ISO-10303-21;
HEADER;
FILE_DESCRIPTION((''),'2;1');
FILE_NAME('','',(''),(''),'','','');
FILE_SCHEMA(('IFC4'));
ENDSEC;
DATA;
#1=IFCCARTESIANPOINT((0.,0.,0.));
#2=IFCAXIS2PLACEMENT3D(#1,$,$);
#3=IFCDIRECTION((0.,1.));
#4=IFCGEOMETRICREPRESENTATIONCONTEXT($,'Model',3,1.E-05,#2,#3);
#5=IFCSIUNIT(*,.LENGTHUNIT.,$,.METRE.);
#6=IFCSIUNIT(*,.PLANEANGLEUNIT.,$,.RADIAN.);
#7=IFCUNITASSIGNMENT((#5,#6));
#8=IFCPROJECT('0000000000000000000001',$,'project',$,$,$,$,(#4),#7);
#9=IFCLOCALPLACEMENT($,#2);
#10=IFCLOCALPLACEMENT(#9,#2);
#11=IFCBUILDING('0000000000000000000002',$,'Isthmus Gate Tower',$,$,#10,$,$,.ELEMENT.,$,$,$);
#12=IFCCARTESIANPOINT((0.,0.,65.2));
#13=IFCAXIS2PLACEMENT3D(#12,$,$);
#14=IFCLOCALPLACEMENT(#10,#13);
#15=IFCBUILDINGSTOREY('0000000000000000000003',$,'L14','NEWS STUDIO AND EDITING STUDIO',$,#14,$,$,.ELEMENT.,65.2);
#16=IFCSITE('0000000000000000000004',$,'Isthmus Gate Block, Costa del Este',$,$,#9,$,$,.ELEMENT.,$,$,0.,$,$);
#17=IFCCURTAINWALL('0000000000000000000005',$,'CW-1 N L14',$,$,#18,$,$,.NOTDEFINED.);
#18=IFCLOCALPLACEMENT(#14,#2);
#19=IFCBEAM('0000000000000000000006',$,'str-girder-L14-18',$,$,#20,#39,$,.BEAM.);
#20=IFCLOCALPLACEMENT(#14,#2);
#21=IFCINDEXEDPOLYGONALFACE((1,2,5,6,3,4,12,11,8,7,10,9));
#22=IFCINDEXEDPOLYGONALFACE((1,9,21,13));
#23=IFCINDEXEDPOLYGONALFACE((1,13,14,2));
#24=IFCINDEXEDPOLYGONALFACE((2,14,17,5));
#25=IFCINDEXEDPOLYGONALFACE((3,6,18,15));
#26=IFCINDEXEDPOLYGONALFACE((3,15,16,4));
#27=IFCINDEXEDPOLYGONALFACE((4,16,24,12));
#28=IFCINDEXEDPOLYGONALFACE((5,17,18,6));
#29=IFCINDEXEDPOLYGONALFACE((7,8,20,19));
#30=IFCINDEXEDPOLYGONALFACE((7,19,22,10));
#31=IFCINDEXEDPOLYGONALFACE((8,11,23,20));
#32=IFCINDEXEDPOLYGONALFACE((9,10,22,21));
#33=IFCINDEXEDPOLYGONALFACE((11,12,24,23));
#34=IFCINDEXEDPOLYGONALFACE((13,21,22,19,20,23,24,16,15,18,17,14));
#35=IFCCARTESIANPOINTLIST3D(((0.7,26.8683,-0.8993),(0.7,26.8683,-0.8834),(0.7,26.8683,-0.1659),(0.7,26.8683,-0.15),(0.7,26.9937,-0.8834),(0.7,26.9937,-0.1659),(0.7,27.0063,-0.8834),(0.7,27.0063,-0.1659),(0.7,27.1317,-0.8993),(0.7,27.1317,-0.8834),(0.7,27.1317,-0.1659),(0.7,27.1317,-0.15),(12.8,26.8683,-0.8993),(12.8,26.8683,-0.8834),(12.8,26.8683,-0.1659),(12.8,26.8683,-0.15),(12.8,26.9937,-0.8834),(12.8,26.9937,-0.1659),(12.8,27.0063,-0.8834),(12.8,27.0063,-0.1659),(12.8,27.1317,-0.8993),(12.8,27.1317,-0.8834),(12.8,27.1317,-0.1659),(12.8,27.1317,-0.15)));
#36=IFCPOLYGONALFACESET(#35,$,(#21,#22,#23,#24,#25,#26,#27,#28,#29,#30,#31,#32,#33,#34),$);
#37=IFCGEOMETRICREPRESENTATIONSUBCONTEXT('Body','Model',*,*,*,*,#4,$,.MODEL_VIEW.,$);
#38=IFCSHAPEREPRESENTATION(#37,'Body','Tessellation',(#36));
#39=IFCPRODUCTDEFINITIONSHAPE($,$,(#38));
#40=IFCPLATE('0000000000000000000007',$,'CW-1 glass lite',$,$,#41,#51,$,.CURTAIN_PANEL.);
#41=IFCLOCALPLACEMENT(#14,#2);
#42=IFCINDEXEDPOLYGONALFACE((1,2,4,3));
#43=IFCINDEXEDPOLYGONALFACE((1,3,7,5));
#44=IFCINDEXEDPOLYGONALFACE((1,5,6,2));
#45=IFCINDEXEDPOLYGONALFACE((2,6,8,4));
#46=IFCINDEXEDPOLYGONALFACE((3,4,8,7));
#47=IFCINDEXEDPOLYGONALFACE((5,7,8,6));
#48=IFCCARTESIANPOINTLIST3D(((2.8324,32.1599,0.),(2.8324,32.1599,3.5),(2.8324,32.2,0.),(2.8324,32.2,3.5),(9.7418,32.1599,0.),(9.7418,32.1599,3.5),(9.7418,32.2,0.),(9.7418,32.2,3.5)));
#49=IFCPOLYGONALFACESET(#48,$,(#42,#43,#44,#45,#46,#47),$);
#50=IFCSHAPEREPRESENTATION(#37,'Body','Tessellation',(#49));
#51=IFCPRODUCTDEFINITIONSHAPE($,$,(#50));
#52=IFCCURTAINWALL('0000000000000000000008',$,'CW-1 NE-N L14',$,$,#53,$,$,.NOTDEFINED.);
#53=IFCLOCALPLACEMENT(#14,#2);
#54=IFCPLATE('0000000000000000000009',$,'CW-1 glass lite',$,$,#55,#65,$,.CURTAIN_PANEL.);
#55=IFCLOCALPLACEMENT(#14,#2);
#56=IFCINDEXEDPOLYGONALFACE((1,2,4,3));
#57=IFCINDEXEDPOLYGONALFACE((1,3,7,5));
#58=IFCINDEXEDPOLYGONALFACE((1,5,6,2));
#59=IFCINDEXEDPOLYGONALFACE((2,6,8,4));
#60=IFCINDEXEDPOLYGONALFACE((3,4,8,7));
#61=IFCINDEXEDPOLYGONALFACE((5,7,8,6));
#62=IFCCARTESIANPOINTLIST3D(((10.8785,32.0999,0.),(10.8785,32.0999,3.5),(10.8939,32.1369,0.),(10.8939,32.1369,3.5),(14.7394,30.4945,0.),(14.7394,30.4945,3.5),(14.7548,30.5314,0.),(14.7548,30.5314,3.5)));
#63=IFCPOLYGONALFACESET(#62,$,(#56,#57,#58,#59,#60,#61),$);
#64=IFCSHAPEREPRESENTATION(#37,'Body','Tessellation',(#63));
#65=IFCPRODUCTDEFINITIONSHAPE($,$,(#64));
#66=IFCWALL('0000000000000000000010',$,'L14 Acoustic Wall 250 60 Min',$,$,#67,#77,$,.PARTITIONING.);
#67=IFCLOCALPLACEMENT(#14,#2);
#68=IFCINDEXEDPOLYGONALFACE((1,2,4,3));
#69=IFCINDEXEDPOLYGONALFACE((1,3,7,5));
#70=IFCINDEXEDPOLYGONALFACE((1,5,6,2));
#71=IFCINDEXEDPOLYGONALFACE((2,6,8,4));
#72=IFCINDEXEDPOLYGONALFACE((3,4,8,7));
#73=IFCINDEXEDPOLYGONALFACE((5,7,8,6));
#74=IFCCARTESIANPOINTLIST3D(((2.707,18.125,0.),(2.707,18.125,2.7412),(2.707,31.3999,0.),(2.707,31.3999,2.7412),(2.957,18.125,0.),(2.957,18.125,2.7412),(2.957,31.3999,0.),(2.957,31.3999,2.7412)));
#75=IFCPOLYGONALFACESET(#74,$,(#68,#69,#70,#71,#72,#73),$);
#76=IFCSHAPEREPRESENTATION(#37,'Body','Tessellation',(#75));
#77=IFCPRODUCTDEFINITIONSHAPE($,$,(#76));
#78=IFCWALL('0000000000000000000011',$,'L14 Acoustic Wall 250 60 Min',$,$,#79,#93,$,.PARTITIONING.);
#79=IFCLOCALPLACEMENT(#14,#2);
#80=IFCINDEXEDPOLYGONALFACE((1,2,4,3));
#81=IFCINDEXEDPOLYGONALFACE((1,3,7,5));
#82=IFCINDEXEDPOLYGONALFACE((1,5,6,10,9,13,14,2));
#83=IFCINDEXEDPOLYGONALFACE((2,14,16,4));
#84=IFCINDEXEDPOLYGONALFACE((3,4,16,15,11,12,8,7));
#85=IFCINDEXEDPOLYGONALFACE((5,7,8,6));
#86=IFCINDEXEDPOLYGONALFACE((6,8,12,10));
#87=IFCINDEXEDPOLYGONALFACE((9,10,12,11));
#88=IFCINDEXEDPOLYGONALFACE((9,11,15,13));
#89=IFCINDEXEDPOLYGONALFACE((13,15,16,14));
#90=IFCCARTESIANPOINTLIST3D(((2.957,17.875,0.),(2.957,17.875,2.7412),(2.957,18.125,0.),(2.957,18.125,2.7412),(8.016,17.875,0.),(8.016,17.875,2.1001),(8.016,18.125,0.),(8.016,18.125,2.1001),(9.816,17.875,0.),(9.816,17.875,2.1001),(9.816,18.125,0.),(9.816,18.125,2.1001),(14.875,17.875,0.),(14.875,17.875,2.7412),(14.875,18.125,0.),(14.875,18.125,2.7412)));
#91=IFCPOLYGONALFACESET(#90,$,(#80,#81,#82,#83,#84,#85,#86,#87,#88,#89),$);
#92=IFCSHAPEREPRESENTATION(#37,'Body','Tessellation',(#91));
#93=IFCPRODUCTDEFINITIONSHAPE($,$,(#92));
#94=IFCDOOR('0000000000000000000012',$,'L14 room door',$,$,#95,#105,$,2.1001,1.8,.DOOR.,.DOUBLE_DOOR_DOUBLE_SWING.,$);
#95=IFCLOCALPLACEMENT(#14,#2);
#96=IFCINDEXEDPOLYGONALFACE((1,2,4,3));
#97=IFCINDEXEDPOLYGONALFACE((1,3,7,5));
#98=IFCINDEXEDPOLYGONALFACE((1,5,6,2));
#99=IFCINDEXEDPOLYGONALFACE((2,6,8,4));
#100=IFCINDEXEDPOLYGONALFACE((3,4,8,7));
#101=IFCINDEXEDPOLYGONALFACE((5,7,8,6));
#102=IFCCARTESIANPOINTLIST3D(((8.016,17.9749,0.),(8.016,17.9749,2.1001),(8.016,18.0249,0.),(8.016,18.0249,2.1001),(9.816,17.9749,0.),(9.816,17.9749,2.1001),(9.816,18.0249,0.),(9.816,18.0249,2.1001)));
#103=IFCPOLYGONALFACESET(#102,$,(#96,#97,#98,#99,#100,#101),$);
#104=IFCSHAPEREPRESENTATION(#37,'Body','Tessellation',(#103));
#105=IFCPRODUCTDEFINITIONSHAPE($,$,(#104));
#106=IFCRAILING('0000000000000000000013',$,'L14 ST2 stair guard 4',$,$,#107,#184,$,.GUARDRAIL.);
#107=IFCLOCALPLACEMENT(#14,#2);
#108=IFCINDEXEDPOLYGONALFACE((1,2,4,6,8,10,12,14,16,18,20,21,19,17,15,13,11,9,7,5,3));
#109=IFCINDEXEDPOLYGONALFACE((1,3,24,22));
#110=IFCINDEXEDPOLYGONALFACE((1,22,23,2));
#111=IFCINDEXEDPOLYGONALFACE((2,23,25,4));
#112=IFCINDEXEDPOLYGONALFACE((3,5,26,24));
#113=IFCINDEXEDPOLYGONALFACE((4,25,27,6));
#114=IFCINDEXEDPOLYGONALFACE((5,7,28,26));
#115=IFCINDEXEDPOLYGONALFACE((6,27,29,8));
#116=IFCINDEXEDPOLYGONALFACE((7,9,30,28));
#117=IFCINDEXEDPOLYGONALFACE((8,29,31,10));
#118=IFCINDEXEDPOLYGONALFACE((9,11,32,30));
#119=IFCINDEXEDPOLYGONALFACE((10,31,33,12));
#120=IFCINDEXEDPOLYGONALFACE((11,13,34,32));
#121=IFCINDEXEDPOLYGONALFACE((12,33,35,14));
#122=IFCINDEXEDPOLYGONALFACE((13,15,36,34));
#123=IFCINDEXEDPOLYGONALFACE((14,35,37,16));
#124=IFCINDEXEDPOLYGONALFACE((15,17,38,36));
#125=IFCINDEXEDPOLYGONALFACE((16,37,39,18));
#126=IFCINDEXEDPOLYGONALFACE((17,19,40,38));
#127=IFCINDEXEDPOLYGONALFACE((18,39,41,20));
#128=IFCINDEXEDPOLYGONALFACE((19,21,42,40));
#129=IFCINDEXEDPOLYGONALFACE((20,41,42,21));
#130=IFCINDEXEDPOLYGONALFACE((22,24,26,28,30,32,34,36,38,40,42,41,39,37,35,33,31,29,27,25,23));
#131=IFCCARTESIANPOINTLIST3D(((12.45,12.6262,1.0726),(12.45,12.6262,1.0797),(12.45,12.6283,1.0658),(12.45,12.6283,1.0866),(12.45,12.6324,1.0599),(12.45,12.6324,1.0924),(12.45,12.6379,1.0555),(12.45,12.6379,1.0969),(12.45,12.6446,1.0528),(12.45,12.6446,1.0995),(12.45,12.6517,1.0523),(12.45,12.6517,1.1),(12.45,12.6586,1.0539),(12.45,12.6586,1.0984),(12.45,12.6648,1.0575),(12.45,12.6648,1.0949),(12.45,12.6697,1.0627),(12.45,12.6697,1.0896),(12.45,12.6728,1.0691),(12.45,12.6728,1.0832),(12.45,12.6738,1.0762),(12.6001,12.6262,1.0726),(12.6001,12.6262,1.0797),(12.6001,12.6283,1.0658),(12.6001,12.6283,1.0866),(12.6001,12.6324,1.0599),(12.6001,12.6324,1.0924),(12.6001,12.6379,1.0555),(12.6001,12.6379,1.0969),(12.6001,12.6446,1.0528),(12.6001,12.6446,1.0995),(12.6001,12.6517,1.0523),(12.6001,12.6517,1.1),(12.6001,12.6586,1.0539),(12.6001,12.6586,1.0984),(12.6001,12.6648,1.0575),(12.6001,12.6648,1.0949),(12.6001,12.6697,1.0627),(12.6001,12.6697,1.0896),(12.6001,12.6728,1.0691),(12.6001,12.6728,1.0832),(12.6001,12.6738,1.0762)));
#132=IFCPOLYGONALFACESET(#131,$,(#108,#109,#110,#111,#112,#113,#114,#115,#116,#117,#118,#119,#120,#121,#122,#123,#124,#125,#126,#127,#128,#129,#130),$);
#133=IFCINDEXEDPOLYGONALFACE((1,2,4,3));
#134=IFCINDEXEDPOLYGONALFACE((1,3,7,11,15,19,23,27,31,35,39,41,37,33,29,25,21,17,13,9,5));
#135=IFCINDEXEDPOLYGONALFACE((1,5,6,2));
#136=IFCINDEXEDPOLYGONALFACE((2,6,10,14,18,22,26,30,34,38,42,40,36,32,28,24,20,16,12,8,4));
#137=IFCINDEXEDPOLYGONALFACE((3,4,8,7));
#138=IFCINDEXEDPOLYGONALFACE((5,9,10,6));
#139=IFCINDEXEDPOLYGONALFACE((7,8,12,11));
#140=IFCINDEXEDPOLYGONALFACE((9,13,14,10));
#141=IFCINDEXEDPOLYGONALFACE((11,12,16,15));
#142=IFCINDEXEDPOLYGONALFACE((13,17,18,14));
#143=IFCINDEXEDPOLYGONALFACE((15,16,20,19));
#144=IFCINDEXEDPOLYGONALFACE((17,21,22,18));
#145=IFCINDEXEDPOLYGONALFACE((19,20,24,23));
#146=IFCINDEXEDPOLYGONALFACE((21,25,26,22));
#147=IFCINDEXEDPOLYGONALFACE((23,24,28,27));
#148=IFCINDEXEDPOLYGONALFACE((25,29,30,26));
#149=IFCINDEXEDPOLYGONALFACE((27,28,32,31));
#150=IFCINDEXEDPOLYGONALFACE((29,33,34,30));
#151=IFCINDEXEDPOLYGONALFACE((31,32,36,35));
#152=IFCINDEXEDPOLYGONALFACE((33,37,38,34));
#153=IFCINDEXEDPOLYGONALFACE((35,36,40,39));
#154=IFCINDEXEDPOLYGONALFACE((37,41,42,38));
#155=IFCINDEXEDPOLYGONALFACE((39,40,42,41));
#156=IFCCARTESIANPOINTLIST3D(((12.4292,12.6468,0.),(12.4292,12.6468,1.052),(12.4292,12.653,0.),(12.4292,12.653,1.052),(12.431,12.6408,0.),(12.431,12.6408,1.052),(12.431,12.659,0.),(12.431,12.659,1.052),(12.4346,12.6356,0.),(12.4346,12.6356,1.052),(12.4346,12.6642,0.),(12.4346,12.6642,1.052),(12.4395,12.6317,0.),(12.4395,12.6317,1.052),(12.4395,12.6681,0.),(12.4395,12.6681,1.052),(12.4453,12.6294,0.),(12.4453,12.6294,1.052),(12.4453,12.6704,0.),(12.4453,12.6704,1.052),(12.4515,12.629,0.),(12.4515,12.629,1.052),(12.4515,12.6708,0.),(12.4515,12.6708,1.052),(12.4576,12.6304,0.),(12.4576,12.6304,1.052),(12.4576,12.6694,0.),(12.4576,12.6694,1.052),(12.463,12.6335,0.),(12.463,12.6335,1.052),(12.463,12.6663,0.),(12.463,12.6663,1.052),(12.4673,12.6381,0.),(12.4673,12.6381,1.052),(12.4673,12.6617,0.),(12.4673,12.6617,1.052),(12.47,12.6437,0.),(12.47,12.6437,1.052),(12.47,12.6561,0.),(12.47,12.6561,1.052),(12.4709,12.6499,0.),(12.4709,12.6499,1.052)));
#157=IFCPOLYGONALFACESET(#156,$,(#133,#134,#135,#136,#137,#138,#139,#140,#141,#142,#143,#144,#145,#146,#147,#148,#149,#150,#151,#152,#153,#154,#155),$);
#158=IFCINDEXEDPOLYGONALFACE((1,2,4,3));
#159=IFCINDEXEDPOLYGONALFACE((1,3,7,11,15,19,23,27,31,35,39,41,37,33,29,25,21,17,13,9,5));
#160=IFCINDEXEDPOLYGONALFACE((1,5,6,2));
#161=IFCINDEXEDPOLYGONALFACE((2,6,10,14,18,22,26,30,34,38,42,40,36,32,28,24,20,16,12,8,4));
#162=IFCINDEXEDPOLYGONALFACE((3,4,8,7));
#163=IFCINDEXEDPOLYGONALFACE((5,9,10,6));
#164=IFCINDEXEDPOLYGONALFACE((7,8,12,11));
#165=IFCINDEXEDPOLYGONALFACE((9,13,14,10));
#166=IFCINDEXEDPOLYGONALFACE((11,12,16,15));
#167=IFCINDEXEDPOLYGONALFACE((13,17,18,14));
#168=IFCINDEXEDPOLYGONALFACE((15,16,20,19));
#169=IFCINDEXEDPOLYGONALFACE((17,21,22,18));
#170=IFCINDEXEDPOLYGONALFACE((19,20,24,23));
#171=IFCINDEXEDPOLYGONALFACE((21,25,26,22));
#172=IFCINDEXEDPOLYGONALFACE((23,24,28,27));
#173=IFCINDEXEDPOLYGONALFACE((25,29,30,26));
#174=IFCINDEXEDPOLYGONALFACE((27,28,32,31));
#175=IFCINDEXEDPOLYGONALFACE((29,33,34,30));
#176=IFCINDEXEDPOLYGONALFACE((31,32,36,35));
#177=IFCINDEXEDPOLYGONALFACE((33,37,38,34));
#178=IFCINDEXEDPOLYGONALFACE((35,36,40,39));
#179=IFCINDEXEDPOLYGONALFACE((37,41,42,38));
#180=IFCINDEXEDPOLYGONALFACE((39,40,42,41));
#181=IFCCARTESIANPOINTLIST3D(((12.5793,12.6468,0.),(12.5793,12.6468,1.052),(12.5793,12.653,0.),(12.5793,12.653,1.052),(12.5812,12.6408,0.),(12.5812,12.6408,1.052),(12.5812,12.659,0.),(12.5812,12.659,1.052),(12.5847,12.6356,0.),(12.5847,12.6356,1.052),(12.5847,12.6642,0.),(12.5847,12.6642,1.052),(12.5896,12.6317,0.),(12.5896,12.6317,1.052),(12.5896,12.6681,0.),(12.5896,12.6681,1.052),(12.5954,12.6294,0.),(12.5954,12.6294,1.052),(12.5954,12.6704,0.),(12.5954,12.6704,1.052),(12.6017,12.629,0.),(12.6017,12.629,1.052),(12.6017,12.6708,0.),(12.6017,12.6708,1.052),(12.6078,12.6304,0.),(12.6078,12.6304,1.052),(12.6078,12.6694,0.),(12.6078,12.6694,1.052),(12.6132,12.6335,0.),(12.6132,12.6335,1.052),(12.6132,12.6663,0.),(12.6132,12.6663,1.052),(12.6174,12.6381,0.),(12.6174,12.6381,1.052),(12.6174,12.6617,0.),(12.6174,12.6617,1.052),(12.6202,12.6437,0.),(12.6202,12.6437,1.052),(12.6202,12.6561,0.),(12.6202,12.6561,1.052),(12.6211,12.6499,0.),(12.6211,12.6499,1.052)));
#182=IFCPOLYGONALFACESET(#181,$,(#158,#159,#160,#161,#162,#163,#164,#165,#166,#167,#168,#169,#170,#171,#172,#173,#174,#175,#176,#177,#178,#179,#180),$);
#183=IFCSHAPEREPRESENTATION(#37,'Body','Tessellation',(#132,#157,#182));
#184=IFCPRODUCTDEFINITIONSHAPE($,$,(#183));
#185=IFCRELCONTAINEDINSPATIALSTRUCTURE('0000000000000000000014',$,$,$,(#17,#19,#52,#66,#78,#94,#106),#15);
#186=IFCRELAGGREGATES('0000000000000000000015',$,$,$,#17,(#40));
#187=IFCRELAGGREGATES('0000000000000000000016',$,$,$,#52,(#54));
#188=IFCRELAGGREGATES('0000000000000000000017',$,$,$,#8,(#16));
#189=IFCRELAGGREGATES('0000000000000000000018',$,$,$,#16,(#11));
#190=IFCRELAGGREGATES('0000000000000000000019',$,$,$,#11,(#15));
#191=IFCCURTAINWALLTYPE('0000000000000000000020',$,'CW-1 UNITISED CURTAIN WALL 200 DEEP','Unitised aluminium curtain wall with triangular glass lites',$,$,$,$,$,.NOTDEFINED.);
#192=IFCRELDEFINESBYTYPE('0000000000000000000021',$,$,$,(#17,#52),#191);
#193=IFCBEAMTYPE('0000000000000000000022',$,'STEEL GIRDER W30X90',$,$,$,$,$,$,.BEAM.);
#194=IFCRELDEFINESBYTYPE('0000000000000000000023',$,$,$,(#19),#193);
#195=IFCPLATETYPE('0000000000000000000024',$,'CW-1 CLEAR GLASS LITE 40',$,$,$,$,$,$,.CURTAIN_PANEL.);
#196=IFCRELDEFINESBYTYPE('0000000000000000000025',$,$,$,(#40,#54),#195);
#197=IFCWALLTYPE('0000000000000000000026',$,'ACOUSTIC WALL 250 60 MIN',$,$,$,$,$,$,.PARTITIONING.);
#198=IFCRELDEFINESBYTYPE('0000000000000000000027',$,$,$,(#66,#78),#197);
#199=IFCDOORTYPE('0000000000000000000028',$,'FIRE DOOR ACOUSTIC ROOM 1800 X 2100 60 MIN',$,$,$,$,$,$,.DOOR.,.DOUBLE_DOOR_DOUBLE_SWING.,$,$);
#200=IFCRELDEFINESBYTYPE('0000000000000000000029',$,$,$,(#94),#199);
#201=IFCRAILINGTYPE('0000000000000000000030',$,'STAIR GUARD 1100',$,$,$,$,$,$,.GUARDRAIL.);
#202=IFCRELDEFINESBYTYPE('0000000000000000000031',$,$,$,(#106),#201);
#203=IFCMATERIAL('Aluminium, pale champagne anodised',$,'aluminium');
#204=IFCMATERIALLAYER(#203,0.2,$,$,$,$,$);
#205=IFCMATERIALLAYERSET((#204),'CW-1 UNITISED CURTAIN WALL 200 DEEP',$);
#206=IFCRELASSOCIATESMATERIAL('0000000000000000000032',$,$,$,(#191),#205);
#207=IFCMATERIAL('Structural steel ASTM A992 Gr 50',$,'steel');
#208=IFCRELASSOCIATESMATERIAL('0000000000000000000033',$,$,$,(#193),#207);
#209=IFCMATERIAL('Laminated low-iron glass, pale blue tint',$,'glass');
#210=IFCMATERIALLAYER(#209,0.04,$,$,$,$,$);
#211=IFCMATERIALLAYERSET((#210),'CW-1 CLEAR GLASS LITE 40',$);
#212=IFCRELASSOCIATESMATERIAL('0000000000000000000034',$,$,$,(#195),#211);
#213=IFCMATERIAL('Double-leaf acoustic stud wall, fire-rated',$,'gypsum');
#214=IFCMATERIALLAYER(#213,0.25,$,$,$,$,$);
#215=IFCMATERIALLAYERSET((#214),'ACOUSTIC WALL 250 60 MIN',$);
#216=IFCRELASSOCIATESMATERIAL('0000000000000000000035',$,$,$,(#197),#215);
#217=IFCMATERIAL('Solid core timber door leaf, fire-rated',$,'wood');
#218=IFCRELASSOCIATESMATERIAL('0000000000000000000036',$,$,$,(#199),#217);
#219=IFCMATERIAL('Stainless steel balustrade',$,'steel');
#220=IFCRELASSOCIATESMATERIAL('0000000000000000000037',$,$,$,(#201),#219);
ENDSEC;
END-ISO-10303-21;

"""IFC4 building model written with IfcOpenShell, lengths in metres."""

from ifc_helpers import new_model, si_unit, direction, frame, frame_2d, origin, origin_2d, place, context, subcontext, project, spatial, rectangle, circle, i_section, extrude, material, layer, layer_set, material_profile, profile_set, type_object, element, fill, aggregate, save


model = new_model("IFC4")

# Units and contexts
model_context = context("Model", 3, precision=1e-05, world=origin(), true_north=direction((0.0, 1.0)))
body_context = subcontext(model_context, "Body", "Model", "MODEL_VIEW")
ifc_project = project(units=[si_unit("LENGTHUNIT", "METRE"), si_unit("PLANEANGLEUNIT", "RADIAN")], contexts=[model_context])

# Site, building, storey
site_placement = place(None, origin())
site = spatial("IfcSite", under=ifc_project, at=site_placement, Name="Isthmus Gate Block, Costa del Este", CompositionType="ELEMENT", RefElevation=0.0)
building_placement = place(site_placement, origin())
building = spatial("IfcBuilding", under=site, at=building_placement, Name="Isthmus Gate Tower", CompositionType="ELEMENT")
storey_placement = place(building_placement, frame((0.0, 0.0, 65.2)))
storey = spatial("IfcBuildingStorey", under=building, at=storey_placement, Name="L14", Description="NEWS STUDIO AND EDITING STUDIO", CompositionType="ELEMENT", Elevation=65.2)

# Curtain wall
ifc_material_1 = material(Name="Aluminium, pale champagne anodised", Category="aluminium")
ifc_layer_1 = layer(ifc_material_1, 0.2)
ifc_layer_set_1 = layer_set([ifc_layer_1], Name="CW-1 UNITISED CURTAIN WALL 200 DEEP")
curtain_wall_type = type_object("IfcCurtainWallType", Name="CW-1 UNITISED CURTAIN WALL 200 DEEP", Description="Unitised aluminium curtain wall with triangular glass lites", PredefinedType="NOTDEFINED", material=ifc_layer_set_1)
curtain_wall_1_placement = place(storey_placement, origin())
curtain_wall_1 = element("IfcCurtainWall", 1, at=curtain_wall_1_placement, inside=storey, type_object=curtain_wall_type, Name="CW-1 N L14", PredefinedType="NOTDEFINED")

# Beam
ifc_material_2 = material(Name="Structural steel ASTM A992 Gr 50", Category="steel")
ifc_material_profile_1 = material_profile(ifc_material_2, i_section(OverallWidth=0.2634, OverallDepth=0.7493, WebThickness=0.0127, FlangeThickness=0.0159, at=origin_2d()), Name="W30X90")
ifc_profile_set_1 = profile_set([ifc_material_profile_1], Name="Structural steel ASTM A992 Gr 50")
beam_type_1 = type_object("IfcBeamType", Name="STEEL GIRDER W30X90", PredefinedType="BEAM", material=ifc_profile_set_1)
beam_1_placement = place(storey_placement, frame((0.7, 27.0, -0.5247), z_axis=(1.0, 0.0, 0.0), x_axis=(0.0, 1.0, 0.0)))
element("IfcBeam", 2, at=beam_1_placement, inside=storey, type_object=beam_type_1, Name="str-girder-L14-18", PredefinedType="BEAM", context=body_context, shape_type="SweptSolid", body=[
    extrude(i_section(OverallWidth=0.2634, OverallDepth=0.7493, WebThickness=0.0127, FlangeThickness=0.0159, at=origin_2d()), origin(), (0.0, 0.0, 1.0), 12.1001),
])

# Plate
ifc_material_3 = material(Name="Laminated low-iron glass, pale blue tint", Category="glass")
ifc_layer_2 = layer(ifc_material_3, 0.04)
ifc_layer_set_2 = layer_set([ifc_layer_2], Name="CW-1 CLEAR GLASS LITE 40")
plate_type = type_object("IfcPlateType", Name="CW-1 CLEAR GLASS LITE 40", PredefinedType="CURTAIN_PANEL", material=ifc_layer_set_2)
plate_1_placement = place(storey_placement, frame((6.2871, 32.1799, 0.0), z_axis=(0.0, 0.0, 1.0), x_axis=(-1.0, 0.0, 0.0)))
plate_1 = element("IfcPlate", 3, at=plate_1_placement, type_object=plate_type, Name="CW-1 glass lite", PredefinedType="CURTAIN_PANEL", context=body_context, shape_type="SweptSolid", body=[
    extrude(rectangle(XDim=6.9094, YDim=0.04, at=origin_2d()), origin(), (0.0, 0.0, 1.0), 3.5),
])
aggregate(curtain_wall_1, [plate_1])

# Curtain wall, plate
curtain_wall_2_placement = place(storey_placement, origin())
curtain_wall_2 = element("IfcCurtainWall", 4, at=curtain_wall_2_placement, inside=storey, type_object=curtain_wall_type, Name="CW-1 NE-N L14", PredefinedType="NOTDEFINED")
plate_2_placement = place(storey_placement, frame((12.8167, 31.3157, 0.0), z_axis=(0.0, 0.0, 1.0), x_axis=(-0.923353, 0.383952, 0.0)))
plate_2 = element("IfcPlate", 5, at=plate_2_placement, type_object=plate_type, Name="CW-1 glass lite", PredefinedType="CURTAIN_PANEL", context=body_context, shape_type="SweptSolid", body=[
    extrude(rectangle(XDim=4.1814, YDim=0.04, at=origin_2d()), origin(), (0.0, 0.0, 1.0), 3.5),
])
aggregate(curtain_wall_2, [plate_2])

# Wall
ifc_material_4 = material(Name="Double-leaf acoustic stud wall, fire-rated", Category="gypsum")
ifc_layer_3 = layer(ifc_material_4, 0.25)
ifc_layer_set_3 = layer_set([ifc_layer_3], Name="ACOUSTIC WALL 250 60 MIN")
wall_type = type_object("IfcWallType", Name="ACOUSTIC WALL 250 60 MIN", PredefinedType="PARTITIONING", material=ifc_layer_set_3)
wall_1_placement = place(storey_placement, frame((2.832, 18.125, 0.0), z_axis=(0.0, 0.0, 1.0), x_axis=(0.0, 1.0, 0.0)))
element("IfcWall", 6, at=wall_1_placement, inside=storey, type_object=wall_type, Name="L14 Acoustic Wall 250 60 Min", PredefinedType="PARTITIONING", context=body_context, shape_type="SweptSolid", body=[
    extrude(rectangle(XDim=13.2749, YDim=0.25, at=frame_2d((6.6375, 0.0))), origin(), (0.0, 0.0, 1.0), 2.7412),
])

# Wall, opening, door
wall_2_placement = place(storey_placement, frame((2.957, 18.0, 0.0), z_axis=(0.0, 0.0, 1.0), x_axis=(1.0, 0.0, 0.0)))
wall_2 = element("IfcWall", 7, at=wall_2_placement, inside=storey, type_object=wall_type, Name="L14 Acoustic Wall 250 60 Min", PredefinedType="PARTITIONING", context=body_context, shape_type="SweptSolid", body=[
    extrude(rectangle(XDim=11.918, YDim=0.25, at=frame_2d((5.959, 0.0))), origin(), (0.0, 0.0, 1.0), 2.7412),
])
opening_placement = place(wall_2_placement, frame((5.0591, 0.0, 0.0)))
opening = element("IfcOpeningElement", 8, at=opening_placement, cuts=wall_2, PredefinedType="OPENING", context=body_context, shape_type="SweptSolid", body=[
    extrude(rectangle(XDim=1.8, YDim=2.1001, at=frame_2d((0.8999, 1.05))), frame((0.0, 0.135, 0.0), z_axis=(0.0, -1.0, 0.0), x_axis=(1.0, 0.0, 0.0)), (0.0, 0.0, 1.0), 0.27),
])
ifc_material_5 = material(Name="Solid core timber door leaf, fire-rated", Category="wood")
door_type = type_object("IfcDoorType", Name="FIRE DOOR ACOUSTIC ROOM 1800 X 2100 60 MIN", OperationType="DOUBLE_DOOR_DOUBLE_SWING", PredefinedType="DOOR", material=ifc_material_5)
door_placement = place(opening_placement, origin())
door = element("IfcDoor", 9, at=door_placement, inside=storey, type_object=door_type, Name="L14 room door", OperationType="DOUBLE_DOOR_DOUBLE_SWING", OverallHeight=2.1001, OverallWidth=1.8, PredefinedType="DOOR", context=body_context, shape_type="SweptSolid", body=[
    extrude(rectangle(XDim=1.8, YDim=2.1001, at=frame_2d((0.8999, 1.05))), frame((0.0, 0.0249, 0.0), z_axis=(0.0, -1.0, 0.0), x_axis=(1.0, 0.0, 0.0)), (0.0, 0.0, 1.0), 0.05),
])
fill(opening, door)

# Railing
ifc_material_6 = material(Name="Stainless steel balustrade", Category="steel")
railing_type = type_object("IfcRailingType", Name="STAIR GUARD 1100", PredefinedType="GUARDRAIL", material=ifc_material_6)
railing_placement = place(storey_placement, frame((12.45, 12.6499, 0.0)))
element("IfcRailing", 10, at=railing_placement, inside=storey, type_object=railing_type, Name="L14 ST2 stair guard 4", PredefinedType="GUARDRAIL", context=body_context, shape_type="SweptSolid", body=[
    extrude(circle(Radius=0.0239, at=origin_2d()), frame((0.0, 0.0, 1.0762), z_axis=(1.0, 0.0, 0.0), x_axis=(0.0, 1.0, 0.0)), (0.0, 0.0, 1.0), 0.1501),
    extrude(circle(Radius=0.021, at=origin_2d()), origin(), (0.0, 0.0, 1.0), 1.052),
    extrude(circle(Radius=0.021, at=origin_2d()), frame((0.1501, 0.0, 0.0)), (0.0, 0.0, 1.0), 1.052),
])

save(model, "model.ifc")
